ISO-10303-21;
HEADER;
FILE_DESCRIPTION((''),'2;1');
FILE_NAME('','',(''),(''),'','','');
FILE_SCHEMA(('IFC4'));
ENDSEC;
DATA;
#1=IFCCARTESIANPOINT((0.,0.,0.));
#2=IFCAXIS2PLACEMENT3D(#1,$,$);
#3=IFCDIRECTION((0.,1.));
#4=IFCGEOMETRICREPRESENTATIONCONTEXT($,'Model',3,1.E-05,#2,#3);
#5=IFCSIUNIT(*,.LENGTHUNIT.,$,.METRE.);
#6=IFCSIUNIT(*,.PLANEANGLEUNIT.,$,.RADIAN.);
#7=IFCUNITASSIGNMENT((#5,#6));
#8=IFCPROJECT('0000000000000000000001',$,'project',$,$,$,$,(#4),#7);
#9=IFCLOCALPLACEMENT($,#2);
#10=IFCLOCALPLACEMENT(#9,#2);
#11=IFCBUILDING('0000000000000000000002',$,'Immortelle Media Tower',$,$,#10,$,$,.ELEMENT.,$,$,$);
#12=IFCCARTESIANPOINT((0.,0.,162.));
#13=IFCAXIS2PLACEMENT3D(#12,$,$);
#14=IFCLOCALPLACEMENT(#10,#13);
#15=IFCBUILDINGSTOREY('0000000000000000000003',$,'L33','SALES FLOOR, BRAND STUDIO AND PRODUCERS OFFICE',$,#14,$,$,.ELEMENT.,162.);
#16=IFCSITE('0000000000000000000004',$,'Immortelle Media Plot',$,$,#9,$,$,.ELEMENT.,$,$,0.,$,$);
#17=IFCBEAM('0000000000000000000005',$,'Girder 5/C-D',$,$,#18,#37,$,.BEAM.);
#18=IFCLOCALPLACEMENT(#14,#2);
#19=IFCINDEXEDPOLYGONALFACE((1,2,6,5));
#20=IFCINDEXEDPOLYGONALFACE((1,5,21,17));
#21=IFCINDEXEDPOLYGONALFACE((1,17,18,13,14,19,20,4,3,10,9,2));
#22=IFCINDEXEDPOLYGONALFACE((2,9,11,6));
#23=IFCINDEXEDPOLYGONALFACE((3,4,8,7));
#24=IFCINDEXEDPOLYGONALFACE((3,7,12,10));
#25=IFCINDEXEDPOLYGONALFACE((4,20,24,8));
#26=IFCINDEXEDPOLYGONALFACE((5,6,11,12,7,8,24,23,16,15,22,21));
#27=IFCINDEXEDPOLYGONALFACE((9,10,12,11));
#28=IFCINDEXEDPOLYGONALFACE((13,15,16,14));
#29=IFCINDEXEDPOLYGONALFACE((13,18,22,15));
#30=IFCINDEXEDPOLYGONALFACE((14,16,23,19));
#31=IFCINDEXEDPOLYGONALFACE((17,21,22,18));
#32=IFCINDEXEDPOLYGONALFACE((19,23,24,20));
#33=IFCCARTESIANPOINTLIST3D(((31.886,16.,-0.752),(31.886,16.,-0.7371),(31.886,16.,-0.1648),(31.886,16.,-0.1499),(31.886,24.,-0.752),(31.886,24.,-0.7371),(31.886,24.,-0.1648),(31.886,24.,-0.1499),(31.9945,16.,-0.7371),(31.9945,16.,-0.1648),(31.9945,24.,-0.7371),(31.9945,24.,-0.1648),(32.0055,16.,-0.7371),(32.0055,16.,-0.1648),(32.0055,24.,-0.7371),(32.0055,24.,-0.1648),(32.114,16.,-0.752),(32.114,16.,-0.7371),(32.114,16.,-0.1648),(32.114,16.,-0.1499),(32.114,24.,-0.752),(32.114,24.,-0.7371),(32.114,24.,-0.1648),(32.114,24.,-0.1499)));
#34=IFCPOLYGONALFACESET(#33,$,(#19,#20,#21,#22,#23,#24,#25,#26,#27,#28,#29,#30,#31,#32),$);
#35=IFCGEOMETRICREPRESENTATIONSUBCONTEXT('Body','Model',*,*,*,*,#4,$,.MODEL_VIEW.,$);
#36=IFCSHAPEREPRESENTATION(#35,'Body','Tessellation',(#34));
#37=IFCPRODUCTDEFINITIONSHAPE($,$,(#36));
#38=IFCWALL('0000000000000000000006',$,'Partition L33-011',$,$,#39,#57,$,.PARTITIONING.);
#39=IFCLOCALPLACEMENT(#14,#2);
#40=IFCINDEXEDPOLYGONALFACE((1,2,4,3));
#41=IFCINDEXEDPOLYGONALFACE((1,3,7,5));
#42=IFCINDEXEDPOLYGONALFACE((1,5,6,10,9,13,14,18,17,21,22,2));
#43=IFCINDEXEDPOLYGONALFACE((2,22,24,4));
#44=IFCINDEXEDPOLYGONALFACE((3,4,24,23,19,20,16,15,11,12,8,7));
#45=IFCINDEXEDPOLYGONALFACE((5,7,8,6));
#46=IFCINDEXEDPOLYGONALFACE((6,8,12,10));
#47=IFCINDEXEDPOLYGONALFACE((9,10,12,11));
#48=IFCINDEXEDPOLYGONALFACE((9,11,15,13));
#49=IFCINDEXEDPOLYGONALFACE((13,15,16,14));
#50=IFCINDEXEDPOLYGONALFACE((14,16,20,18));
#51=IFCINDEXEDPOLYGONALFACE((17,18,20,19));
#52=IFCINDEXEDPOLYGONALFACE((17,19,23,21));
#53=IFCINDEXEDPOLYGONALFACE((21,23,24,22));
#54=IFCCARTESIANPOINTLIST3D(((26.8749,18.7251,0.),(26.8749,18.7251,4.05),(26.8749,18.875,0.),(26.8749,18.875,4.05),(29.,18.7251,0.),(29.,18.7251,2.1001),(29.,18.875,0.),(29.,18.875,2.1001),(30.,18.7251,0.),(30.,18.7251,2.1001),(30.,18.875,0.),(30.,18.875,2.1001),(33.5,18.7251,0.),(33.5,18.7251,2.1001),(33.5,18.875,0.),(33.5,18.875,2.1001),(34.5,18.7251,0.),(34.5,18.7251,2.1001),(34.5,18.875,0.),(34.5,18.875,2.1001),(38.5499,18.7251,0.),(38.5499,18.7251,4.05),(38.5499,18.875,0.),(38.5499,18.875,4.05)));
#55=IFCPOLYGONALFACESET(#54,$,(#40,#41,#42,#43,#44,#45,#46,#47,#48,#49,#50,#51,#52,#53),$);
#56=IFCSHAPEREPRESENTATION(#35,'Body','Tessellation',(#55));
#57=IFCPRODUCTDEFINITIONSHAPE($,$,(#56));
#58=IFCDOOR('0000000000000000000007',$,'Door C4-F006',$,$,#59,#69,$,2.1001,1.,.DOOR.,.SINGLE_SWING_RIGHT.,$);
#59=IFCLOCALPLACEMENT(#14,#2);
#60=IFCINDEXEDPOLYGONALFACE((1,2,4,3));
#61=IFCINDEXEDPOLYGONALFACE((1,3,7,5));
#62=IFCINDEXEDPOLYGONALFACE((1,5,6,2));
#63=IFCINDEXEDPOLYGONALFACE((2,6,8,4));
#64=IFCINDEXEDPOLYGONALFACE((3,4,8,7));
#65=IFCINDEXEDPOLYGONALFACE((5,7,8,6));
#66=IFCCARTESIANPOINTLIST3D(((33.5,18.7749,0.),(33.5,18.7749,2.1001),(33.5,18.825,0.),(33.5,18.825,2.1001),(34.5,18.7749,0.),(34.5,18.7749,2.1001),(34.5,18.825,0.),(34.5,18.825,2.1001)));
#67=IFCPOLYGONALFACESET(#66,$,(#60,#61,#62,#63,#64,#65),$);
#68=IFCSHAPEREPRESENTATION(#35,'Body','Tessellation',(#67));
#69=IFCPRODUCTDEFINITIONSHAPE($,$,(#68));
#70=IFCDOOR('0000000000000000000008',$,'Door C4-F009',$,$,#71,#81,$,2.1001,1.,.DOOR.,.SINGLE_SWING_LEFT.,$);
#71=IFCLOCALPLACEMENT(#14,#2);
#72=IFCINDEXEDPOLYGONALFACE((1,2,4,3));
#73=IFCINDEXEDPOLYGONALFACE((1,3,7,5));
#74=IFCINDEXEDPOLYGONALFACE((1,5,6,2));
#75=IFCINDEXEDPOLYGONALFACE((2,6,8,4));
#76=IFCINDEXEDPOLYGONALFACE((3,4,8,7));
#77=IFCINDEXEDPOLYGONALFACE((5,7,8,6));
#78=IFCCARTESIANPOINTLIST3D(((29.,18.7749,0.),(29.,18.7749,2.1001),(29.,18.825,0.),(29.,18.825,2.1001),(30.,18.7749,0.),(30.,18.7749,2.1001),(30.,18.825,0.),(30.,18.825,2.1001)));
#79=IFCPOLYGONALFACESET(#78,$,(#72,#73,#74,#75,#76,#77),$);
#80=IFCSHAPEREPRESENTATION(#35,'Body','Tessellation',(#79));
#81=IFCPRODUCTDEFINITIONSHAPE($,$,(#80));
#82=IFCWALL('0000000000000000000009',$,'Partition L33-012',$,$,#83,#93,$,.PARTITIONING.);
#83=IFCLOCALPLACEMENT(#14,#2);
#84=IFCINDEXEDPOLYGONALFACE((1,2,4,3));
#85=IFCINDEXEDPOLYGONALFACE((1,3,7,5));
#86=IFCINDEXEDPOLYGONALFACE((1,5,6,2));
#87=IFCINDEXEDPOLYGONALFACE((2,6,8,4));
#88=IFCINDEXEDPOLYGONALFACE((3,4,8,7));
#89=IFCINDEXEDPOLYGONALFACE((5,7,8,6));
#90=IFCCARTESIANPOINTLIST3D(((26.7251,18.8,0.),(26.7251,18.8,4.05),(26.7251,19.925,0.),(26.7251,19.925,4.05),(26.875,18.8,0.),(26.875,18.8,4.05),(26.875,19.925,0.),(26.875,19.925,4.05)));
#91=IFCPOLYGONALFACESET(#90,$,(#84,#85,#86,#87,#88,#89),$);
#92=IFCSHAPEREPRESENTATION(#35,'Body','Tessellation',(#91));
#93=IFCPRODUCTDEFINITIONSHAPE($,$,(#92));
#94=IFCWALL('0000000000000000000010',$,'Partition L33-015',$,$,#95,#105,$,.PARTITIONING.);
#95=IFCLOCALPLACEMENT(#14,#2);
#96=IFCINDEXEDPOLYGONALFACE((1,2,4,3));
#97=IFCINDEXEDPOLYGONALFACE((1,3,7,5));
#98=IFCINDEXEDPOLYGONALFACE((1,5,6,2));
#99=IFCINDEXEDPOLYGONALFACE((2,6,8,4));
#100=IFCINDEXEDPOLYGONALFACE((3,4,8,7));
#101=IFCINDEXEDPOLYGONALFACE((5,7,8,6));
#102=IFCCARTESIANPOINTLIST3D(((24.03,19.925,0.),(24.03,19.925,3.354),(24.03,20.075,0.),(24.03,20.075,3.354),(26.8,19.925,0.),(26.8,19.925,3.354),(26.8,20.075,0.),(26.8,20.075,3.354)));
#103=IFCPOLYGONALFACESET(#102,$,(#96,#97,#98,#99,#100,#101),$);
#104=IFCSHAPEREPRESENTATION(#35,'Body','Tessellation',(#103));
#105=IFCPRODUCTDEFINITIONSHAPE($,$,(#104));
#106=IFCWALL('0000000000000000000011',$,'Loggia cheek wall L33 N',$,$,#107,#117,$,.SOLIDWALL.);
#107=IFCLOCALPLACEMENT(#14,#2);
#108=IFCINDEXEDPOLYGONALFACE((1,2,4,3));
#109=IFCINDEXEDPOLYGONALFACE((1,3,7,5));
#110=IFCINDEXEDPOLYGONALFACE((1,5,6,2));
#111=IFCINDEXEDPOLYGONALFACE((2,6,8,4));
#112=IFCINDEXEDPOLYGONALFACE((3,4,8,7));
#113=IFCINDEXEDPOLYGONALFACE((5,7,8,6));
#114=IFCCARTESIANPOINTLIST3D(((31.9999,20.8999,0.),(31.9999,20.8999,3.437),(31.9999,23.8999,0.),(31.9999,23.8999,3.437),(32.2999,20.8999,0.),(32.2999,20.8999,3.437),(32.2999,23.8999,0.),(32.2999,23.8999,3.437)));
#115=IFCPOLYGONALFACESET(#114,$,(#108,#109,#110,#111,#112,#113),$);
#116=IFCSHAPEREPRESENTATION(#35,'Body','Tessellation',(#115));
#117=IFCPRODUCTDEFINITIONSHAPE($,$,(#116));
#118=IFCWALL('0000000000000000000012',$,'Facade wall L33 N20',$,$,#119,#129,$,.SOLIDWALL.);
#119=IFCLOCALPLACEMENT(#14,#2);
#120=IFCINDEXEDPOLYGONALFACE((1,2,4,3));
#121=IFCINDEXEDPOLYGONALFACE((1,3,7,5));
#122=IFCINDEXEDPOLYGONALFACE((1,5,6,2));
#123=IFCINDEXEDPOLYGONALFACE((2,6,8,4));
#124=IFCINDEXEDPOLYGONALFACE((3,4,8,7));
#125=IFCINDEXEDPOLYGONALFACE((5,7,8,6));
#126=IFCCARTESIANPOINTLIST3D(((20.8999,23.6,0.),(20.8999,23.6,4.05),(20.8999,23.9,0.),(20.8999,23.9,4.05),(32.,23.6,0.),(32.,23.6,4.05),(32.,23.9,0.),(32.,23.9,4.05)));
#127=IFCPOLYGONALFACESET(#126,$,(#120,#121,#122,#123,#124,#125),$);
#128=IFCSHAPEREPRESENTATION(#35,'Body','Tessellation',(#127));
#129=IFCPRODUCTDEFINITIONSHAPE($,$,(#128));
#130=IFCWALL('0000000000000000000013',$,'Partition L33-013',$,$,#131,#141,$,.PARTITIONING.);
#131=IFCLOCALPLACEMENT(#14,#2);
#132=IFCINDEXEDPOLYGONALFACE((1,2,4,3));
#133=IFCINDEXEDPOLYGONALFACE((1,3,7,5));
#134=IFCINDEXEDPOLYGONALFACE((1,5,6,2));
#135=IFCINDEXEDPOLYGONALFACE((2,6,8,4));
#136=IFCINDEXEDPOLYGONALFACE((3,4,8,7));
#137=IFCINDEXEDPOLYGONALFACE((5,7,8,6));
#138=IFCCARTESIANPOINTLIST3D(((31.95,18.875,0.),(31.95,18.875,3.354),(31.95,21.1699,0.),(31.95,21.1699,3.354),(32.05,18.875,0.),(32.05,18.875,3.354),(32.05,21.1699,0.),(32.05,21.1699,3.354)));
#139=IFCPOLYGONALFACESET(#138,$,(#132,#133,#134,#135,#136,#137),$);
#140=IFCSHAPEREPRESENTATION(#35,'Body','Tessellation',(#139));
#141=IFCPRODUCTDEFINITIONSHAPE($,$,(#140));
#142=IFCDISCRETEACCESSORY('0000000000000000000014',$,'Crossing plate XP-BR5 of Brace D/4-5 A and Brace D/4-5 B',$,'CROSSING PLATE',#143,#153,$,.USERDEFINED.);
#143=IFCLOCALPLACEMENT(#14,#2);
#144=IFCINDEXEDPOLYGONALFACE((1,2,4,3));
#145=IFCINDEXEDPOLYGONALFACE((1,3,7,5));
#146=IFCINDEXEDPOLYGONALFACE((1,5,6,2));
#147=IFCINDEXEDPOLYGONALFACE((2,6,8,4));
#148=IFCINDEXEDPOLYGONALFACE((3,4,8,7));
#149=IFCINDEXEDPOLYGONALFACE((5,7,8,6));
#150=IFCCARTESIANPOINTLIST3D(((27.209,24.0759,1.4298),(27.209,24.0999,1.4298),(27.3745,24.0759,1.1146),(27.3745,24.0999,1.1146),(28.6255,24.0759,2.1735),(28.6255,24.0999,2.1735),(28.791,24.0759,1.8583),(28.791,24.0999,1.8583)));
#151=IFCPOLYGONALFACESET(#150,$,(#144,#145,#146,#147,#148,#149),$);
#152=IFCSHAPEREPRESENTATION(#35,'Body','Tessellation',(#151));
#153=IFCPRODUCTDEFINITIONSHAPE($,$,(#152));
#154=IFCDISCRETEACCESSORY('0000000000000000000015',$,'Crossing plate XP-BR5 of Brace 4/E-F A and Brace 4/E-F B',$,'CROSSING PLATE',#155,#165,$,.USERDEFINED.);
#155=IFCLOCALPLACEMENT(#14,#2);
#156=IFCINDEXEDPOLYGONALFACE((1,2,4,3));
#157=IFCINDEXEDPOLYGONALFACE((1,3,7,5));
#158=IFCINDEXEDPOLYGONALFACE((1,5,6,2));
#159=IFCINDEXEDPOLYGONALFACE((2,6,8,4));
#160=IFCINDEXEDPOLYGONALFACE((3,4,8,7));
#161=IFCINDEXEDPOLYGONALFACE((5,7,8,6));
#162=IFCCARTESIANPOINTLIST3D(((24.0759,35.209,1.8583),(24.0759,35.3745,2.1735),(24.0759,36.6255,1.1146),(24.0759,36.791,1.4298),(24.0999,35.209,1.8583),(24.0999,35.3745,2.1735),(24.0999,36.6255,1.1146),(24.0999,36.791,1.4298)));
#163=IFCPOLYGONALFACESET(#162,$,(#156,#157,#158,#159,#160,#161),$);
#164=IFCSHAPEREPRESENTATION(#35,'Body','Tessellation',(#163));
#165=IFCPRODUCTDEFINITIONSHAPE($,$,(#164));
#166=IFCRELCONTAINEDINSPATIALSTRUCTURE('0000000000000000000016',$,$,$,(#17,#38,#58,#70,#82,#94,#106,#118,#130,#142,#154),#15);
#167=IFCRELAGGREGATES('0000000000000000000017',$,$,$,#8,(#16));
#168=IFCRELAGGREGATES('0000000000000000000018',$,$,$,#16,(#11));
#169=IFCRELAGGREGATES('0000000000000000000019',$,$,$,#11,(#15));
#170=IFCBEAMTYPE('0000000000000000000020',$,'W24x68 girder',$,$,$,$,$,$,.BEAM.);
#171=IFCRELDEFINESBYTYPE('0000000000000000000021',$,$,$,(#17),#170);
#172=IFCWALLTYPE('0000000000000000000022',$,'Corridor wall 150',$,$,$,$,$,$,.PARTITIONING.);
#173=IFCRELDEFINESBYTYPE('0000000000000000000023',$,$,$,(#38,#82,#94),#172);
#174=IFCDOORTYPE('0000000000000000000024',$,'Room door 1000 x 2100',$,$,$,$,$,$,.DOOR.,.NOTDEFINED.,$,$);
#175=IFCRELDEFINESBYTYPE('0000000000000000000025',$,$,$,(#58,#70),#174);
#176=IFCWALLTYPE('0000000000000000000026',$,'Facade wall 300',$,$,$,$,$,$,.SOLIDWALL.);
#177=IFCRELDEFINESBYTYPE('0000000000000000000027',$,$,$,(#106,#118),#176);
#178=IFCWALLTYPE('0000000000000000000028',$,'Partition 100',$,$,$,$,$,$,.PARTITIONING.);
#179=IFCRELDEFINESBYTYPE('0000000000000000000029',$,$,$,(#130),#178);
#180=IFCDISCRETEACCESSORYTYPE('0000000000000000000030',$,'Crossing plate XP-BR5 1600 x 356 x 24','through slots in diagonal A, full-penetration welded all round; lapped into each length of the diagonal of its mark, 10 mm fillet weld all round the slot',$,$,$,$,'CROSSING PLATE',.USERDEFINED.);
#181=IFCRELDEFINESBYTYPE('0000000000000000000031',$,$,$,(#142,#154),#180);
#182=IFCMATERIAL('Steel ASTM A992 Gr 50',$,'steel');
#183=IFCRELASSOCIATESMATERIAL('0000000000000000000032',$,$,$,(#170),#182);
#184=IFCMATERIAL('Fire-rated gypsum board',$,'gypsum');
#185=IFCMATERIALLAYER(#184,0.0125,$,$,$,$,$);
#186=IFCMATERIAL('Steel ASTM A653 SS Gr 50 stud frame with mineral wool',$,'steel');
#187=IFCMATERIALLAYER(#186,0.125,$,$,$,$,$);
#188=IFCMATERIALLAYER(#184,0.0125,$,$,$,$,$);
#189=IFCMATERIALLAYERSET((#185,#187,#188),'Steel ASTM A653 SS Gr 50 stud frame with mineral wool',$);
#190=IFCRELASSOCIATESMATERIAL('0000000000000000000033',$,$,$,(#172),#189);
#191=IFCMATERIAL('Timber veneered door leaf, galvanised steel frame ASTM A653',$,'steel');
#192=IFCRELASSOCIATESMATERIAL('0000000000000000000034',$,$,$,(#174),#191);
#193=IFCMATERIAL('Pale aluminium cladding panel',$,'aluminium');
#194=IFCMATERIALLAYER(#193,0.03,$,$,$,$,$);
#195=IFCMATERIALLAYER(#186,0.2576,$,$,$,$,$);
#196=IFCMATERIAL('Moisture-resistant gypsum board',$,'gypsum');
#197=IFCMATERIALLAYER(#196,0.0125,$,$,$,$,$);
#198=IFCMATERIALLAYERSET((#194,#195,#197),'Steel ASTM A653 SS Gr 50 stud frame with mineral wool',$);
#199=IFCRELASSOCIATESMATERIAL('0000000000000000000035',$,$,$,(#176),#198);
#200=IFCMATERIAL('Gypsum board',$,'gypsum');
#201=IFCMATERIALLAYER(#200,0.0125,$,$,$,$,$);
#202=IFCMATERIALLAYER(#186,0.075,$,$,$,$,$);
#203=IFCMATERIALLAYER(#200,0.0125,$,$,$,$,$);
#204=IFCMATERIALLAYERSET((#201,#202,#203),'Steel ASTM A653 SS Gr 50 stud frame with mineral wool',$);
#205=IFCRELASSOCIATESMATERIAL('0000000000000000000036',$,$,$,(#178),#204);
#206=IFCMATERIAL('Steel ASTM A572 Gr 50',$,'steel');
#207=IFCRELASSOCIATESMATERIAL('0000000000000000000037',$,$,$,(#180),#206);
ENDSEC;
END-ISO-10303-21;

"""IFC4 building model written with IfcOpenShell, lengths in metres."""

from ifc_helpers import new_model, si_unit, direction, frame, frame_2d, origin, origin_2d, place, context, subcontext, project, spatial, rectangle, i_section, extrude, material, layer, layer_set, material_profile, profile_set, type_object, element, fill, save


model = new_model("IFC4")

# Units and contexts
model_context = context("Model", 3, precision=1e-05, world=origin(), true_north=direction((0.0, 1.0)))
body_context = subcontext(model_context, "Body", "Model", "MODEL_VIEW")
ifc_project = project(units=[si_unit("LENGTHUNIT", "METRE"), si_unit("PLANEANGLEUNIT", "RADIAN")], contexts=[model_context])

# Site, building, storey
site_placement = place(None, origin())
site = spatial("IfcSite", under=ifc_project, at=site_placement, Name="Immortelle Media Plot", CompositionType="ELEMENT", RefElevation=0.0)
building_placement = place(site_placement, origin())
building = spatial("IfcBuilding", under=site, at=building_placement, Name="Immortelle Media Tower", CompositionType="ELEMENT")
storey_placement = place(building_placement, frame((0.0, 0.0, 162.0)))
storey = spatial("IfcBuildingStorey", under=building, at=storey_placement, Name="L33", Description="SALES FLOOR, BRAND STUDIO AND PRODUCERS OFFICE", CompositionType="ELEMENT", Elevation=162.0)

# Shared definitions
ifc_material_1 = material(Name="Steel ASTM A992 Gr 50", Category="steel")

# Beam
ifc_material_profile_1 = material_profile(ifc_material_1, i_section(OverallWidth=0.228, OverallDepth=0.6021, WebThickness=0.011, FlangeThickness=0.0149, at=origin_2d()), Name="W24x68")
ifc_profile_set_1 = profile_set([ifc_material_profile_1], Name="Steel ASTM A992 Gr 50")
beam_type_1 = type_object("IfcBeamType", Name="W24x68 girder", PredefinedType="BEAM", material=ifc_profile_set_1)
beam_placement = place(storey_placement, frame((32.0, 16.0, -0.4509), z_axis=(0.0, 1.0, 0.0), x_axis=(-1.0, 0.0, 0.0)))
element("IfcBeam", 1, at=beam_placement, inside=storey, type_object=beam_type_1, Name="Girder 5/C-D", PredefinedType="BEAM", context=body_context, shape_type="SweptSolid", body=[
    extrude(i_section(OverallWidth=0.228, OverallDepth=0.6021, WebThickness=0.011, FlangeThickness=0.0149, at=origin_2d()), origin(), (0.0, 0.0, 1.0), 8.0),
])

# Wall, openings, doors
ifc_material_2 = material(Name="Fire-rated gypsum board", Category="gypsum")
ifc_layer_1 = layer(ifc_material_2, 0.0125)
ifc_material_3 = material(Name="Steel ASTM A653 SS Gr 50 stud frame with mineral wool", Category="steel")
ifc_layer_2 = layer(ifc_material_3, 0.125)
ifc_layer_3 = layer(ifc_material_2, 0.0125)
ifc_layer_set_1 = layer_set([ifc_layer_1, ifc_layer_2, ifc_layer_3], Name="Steel ASTM A653 SS Gr 50 stud frame with mineral wool")
wall_type_1 = type_object("IfcWallType", Name="Corridor wall 150", PredefinedType="PARTITIONING", material=ifc_layer_set_1)
wall_1_placement = place(storey_placement, frame((26.875, 18.8, 0.0), z_axis=(0.0, 0.0, 1.0), x_axis=(1.0, 0.0, 0.0)))
wall_1 = element("IfcWall", 2, at=wall_1_placement, inside=storey, type_object=wall_type_1, Name="Partition L33-011", PredefinedType="PARTITIONING", context=body_context, shape_type="SweptSolid", body=[
    extrude(rectangle(XDim=11.675, YDim=0.1499, at=frame_2d((5.8374, 0.0))), origin(), (0.0, 0.0, 1.0), 4.05),
])
opening_1_placement = place(wall_1_placement, frame((6.625, 0.0, 0.0)))
opening_1 = element("IfcOpeningElement", 3, at=opening_1_placement, cuts=wall_1, PredefinedType="OPENING", context=body_context, shape_type="SweptSolid", body=[
    extrude(rectangle(XDim=1.0, YDim=2.1001, at=frame_2d((0.5, 1.05))), frame((0.0, 0.085, 0.0), z_axis=(0.0, -1.0, 0.0), x_axis=(1.0, 0.0, 0.0)), (0.0, 0.0, 1.0), 0.1699),
])
opening_2_placement = place(wall_1_placement, frame((2.125, 0.0, 0.0)))
opening_2 = element("IfcOpeningElement", 4, at=opening_2_placement, cuts=wall_1, PredefinedType="OPENING", context=body_context, shape_type="SweptSolid", body=[
    extrude(rectangle(XDim=1.0, YDim=2.1001, at=frame_2d((0.5, 1.05))), frame((0.0, 0.085, 0.0), z_axis=(0.0, -1.0, 0.0), x_axis=(1.0, 0.0, 0.0)), (0.0, 0.0, 1.0), 0.1699),
])
ifc_material_4 = material(Name="Timber veneered door leaf, galvanised steel frame ASTM A653", Category="steel")
door_type = type_object("IfcDoorType", Name="Room door 1000 x 2100", OperationType="NOTDEFINED", PredefinedType="DOOR", material=ifc_material_4)
door_1_placement = place(opening_1_placement, origin())
door_1 = element("IfcDoor", 5, at=door_1_placement, inside=storey, type_object=door_type, Name="Door C4-F006", OperationType="SINGLE_SWING_RIGHT", OverallHeight=2.1001, OverallWidth=1.0, PredefinedType="DOOR", context=body_context, shape_type="SweptSolid", body=[
    extrude(rectangle(XDim=1.0, YDim=2.1001, at=frame_2d((0.5, 1.05))), frame((0.0, 0.0249, 0.0), z_axis=(0.0, -1.0, 0.0), x_axis=(1.0, 0.0, 0.0)), (0.0, 0.0, 1.0), 0.05),
])
fill(opening_1, door_1)
door_2_placement = place(opening_2_placement, origin())
door_2 = element("IfcDoor", 6, at=door_2_placement, inside=storey, type_object=door_type, Name="Door C4-F009", OperationType="SINGLE_SWING_LEFT", OverallHeight=2.1001, OverallWidth=1.0, PredefinedType="DOOR", context=body_context, shape_type="SweptSolid", body=[
    extrude(rectangle(XDim=1.0, YDim=2.1001, at=frame_2d((0.5, 1.05))), frame((0.0, 0.0249, 0.0), z_axis=(0.0, -1.0, 0.0), x_axis=(1.0, 0.0, 0.0)), (0.0, 0.0, 1.0), 0.05),
])
fill(opening_2, door_2)

# Walls
wall_2_placement = place(storey_placement, frame((26.8, 18.8, 0.0), z_axis=(0.0, 0.0, 1.0), x_axis=(0.0, 1.0, 0.0)))
element("IfcWall", 7, at=wall_2_placement, inside=storey, type_object=wall_type_1, Name="Partition L33-012", PredefinedType="PARTITIONING", context=body_context, shape_type="SweptSolid", body=[
    extrude(rectangle(XDim=1.125, YDim=0.1499, at=frame_2d((0.5625, 0.0))), origin(), (0.0, 0.0, 1.0), 4.05),
])
wall_3_placement = place(storey_placement, frame((24.03, 20.0, 0.0), z_axis=(0.0, 0.0, 1.0), x_axis=(1.0, 0.0, 0.0)))
element("IfcWall", 8, at=wall_3_placement, inside=storey, type_object=wall_type_1, Name="Partition L33-015", PredefinedType="PARTITIONING", context=body_context, shape_type="SweptSolid", body=[
    extrude(rectangle(XDim=2.77, YDim=0.1499, at=frame_2d((1.385, 0.0))), origin(), (0.0, 0.0, 1.0), 3.354),
])
ifc_material_5 = material(Name="Pale aluminium cladding panel", Category="aluminium")
ifc_layer_4 = layer(ifc_material_5, 0.03)
ifc_layer_5 = layer(ifc_material_3, 0.2576)
ifc_material_6 = material(Name="Moisture-resistant gypsum board", Category="gypsum")
ifc_layer_6 = layer(ifc_material_6, 0.0125)
ifc_layer_set_2 = layer_set([ifc_layer_4, ifc_layer_5, ifc_layer_6], Name="Steel ASTM A653 SS Gr 50 stud frame with mineral wool")
wall_type_2 = type_object("IfcWallType", Name="Facade wall 300", PredefinedType="SOLIDWALL", material=ifc_layer_set_2)
wall_4_placement = place(storey_placement, frame((32.1499, 23.8999, 0.0), z_axis=(0.0, 0.0, 1.0), x_axis=(0.0, -1.0, 0.0)))
element("IfcWall", 9, at=wall_4_placement, inside=storey, type_object=wall_type_2, Name="Loggia cheek wall L33 N", PredefinedType="SOLIDWALL", context=body_context, shape_type="SweptSolid", body=[
    extrude(rectangle(XDim=3.0, YDim=0.3, at=frame_2d((1.5, 0.0))), origin(), (0.0, 0.0, 1.0), 3.437),
])
wall_5_placement = place(storey_placement, frame((32.0, 23.75, 0.0), z_axis=(0.0, 0.0, 1.0), x_axis=(-1.0, 0.0, 0.0)))
element("IfcWall", 10, at=wall_5_placement, inside=storey, type_object=wall_type_2, Name="Facade wall L33 N20", PredefinedType="SOLIDWALL", context=body_context, shape_type="SweptSolid", body=[
    extrude(rectangle(XDim=11.1001, YDim=0.3, at=frame_2d((5.55, 0.0))), origin(), (0.0, 0.0, 1.0), 4.05),
])
ifc_material_7 = material(Name="Gypsum board", Category="gypsum")
ifc_layer_7 = layer(ifc_material_7, 0.0125)
ifc_layer_8 = layer(ifc_material_3, 0.075)
ifc_layer_9 = layer(ifc_material_7, 0.0125)
ifc_layer_set_3 = layer_set([ifc_layer_7, ifc_layer_8, ifc_layer_9], Name="Steel ASTM A653 SS Gr 50 stud frame with mineral wool")
wall_type_3 = type_object("IfcWallType", Name="Partition 100", PredefinedType="PARTITIONING", material=ifc_layer_set_3)
wall_6_placement = place(storey_placement, frame((32.0, 18.875, 0.0), z_axis=(0.0, 0.0, 1.0), x_axis=(0.0, 1.0, 0.0)))
element("IfcWall", 11, at=wall_6_placement, inside=storey, type_object=wall_type_3, Name="Partition L33-013", PredefinedType="PARTITIONING", context=body_context, shape_type="SweptSolid", body=[
    extrude(rectangle(XDim=2.2949, YDim=0.1001, at=frame_2d((1.1475, 0.0))), origin(), (0.0, 0.0, 1.0), 3.354),
])

# Discrete accessories
ifc_material_8 = material(Name="Steel ASTM A572 Gr 50", Category="steel")
ifc_material_profile_2 = material_profile(ifc_material_8, rectangle(XDim=0.0239, YDim=0.356, at=origin_2d()), Name="PL 24 x 356")
ifc_profile_set_2 = profile_set([ifc_material_profile_2], Name="Steel ASTM A572 Gr 50")
discrete_accessory_type_1 = type_object("IfcDiscreteAccessoryType", Name="Crossing plate XP-BR5 1600 x 356 x 24", Description="through slots in diagonal A, full-penetration welded all round; lapped into each length of the diagonal of its mark, 10 mm fillet weld all round the slot", ElementType="CROSSING PLATE", PredefinedType="USERDEFINED", material=ifc_profile_set_2)
for number, where, z_axis, x_axis, name in (
    (12, (28.7083, 24.0879, 2.0159), (-0.885401, 0.0, -0.464828), (0.0, -1.0, 0.0), "Crossing plate XP-BR5 of Brace D/4-5 A and Brace D/4-5 B"),
    (13, (24.0879, 35.2917, 2.0159), (0.0, 0.885401, -0.464828), (-1.0, 0.0, 0.0), "Crossing plate XP-BR5 of Brace 4/E-F A and Brace 4/E-F B"),
):
    element("IfcDiscreteAccessory", number, at=place(storey_placement, frame(where, z_axis=z_axis, x_axis=x_axis)), inside=storey, type_object=discrete_accessory_type_1, Name=name, ObjectType="CROSSING PLATE", PredefinedType="USERDEFINED", context=body_context, shape_type="SweptSolid", body=[
        extrude(rectangle(XDim=0.0239, YDim=0.356, at=origin_2d()), origin(), (0.0, 0.0, 1.0), 1.5999),
    ])

save(model, "model.ifc")
